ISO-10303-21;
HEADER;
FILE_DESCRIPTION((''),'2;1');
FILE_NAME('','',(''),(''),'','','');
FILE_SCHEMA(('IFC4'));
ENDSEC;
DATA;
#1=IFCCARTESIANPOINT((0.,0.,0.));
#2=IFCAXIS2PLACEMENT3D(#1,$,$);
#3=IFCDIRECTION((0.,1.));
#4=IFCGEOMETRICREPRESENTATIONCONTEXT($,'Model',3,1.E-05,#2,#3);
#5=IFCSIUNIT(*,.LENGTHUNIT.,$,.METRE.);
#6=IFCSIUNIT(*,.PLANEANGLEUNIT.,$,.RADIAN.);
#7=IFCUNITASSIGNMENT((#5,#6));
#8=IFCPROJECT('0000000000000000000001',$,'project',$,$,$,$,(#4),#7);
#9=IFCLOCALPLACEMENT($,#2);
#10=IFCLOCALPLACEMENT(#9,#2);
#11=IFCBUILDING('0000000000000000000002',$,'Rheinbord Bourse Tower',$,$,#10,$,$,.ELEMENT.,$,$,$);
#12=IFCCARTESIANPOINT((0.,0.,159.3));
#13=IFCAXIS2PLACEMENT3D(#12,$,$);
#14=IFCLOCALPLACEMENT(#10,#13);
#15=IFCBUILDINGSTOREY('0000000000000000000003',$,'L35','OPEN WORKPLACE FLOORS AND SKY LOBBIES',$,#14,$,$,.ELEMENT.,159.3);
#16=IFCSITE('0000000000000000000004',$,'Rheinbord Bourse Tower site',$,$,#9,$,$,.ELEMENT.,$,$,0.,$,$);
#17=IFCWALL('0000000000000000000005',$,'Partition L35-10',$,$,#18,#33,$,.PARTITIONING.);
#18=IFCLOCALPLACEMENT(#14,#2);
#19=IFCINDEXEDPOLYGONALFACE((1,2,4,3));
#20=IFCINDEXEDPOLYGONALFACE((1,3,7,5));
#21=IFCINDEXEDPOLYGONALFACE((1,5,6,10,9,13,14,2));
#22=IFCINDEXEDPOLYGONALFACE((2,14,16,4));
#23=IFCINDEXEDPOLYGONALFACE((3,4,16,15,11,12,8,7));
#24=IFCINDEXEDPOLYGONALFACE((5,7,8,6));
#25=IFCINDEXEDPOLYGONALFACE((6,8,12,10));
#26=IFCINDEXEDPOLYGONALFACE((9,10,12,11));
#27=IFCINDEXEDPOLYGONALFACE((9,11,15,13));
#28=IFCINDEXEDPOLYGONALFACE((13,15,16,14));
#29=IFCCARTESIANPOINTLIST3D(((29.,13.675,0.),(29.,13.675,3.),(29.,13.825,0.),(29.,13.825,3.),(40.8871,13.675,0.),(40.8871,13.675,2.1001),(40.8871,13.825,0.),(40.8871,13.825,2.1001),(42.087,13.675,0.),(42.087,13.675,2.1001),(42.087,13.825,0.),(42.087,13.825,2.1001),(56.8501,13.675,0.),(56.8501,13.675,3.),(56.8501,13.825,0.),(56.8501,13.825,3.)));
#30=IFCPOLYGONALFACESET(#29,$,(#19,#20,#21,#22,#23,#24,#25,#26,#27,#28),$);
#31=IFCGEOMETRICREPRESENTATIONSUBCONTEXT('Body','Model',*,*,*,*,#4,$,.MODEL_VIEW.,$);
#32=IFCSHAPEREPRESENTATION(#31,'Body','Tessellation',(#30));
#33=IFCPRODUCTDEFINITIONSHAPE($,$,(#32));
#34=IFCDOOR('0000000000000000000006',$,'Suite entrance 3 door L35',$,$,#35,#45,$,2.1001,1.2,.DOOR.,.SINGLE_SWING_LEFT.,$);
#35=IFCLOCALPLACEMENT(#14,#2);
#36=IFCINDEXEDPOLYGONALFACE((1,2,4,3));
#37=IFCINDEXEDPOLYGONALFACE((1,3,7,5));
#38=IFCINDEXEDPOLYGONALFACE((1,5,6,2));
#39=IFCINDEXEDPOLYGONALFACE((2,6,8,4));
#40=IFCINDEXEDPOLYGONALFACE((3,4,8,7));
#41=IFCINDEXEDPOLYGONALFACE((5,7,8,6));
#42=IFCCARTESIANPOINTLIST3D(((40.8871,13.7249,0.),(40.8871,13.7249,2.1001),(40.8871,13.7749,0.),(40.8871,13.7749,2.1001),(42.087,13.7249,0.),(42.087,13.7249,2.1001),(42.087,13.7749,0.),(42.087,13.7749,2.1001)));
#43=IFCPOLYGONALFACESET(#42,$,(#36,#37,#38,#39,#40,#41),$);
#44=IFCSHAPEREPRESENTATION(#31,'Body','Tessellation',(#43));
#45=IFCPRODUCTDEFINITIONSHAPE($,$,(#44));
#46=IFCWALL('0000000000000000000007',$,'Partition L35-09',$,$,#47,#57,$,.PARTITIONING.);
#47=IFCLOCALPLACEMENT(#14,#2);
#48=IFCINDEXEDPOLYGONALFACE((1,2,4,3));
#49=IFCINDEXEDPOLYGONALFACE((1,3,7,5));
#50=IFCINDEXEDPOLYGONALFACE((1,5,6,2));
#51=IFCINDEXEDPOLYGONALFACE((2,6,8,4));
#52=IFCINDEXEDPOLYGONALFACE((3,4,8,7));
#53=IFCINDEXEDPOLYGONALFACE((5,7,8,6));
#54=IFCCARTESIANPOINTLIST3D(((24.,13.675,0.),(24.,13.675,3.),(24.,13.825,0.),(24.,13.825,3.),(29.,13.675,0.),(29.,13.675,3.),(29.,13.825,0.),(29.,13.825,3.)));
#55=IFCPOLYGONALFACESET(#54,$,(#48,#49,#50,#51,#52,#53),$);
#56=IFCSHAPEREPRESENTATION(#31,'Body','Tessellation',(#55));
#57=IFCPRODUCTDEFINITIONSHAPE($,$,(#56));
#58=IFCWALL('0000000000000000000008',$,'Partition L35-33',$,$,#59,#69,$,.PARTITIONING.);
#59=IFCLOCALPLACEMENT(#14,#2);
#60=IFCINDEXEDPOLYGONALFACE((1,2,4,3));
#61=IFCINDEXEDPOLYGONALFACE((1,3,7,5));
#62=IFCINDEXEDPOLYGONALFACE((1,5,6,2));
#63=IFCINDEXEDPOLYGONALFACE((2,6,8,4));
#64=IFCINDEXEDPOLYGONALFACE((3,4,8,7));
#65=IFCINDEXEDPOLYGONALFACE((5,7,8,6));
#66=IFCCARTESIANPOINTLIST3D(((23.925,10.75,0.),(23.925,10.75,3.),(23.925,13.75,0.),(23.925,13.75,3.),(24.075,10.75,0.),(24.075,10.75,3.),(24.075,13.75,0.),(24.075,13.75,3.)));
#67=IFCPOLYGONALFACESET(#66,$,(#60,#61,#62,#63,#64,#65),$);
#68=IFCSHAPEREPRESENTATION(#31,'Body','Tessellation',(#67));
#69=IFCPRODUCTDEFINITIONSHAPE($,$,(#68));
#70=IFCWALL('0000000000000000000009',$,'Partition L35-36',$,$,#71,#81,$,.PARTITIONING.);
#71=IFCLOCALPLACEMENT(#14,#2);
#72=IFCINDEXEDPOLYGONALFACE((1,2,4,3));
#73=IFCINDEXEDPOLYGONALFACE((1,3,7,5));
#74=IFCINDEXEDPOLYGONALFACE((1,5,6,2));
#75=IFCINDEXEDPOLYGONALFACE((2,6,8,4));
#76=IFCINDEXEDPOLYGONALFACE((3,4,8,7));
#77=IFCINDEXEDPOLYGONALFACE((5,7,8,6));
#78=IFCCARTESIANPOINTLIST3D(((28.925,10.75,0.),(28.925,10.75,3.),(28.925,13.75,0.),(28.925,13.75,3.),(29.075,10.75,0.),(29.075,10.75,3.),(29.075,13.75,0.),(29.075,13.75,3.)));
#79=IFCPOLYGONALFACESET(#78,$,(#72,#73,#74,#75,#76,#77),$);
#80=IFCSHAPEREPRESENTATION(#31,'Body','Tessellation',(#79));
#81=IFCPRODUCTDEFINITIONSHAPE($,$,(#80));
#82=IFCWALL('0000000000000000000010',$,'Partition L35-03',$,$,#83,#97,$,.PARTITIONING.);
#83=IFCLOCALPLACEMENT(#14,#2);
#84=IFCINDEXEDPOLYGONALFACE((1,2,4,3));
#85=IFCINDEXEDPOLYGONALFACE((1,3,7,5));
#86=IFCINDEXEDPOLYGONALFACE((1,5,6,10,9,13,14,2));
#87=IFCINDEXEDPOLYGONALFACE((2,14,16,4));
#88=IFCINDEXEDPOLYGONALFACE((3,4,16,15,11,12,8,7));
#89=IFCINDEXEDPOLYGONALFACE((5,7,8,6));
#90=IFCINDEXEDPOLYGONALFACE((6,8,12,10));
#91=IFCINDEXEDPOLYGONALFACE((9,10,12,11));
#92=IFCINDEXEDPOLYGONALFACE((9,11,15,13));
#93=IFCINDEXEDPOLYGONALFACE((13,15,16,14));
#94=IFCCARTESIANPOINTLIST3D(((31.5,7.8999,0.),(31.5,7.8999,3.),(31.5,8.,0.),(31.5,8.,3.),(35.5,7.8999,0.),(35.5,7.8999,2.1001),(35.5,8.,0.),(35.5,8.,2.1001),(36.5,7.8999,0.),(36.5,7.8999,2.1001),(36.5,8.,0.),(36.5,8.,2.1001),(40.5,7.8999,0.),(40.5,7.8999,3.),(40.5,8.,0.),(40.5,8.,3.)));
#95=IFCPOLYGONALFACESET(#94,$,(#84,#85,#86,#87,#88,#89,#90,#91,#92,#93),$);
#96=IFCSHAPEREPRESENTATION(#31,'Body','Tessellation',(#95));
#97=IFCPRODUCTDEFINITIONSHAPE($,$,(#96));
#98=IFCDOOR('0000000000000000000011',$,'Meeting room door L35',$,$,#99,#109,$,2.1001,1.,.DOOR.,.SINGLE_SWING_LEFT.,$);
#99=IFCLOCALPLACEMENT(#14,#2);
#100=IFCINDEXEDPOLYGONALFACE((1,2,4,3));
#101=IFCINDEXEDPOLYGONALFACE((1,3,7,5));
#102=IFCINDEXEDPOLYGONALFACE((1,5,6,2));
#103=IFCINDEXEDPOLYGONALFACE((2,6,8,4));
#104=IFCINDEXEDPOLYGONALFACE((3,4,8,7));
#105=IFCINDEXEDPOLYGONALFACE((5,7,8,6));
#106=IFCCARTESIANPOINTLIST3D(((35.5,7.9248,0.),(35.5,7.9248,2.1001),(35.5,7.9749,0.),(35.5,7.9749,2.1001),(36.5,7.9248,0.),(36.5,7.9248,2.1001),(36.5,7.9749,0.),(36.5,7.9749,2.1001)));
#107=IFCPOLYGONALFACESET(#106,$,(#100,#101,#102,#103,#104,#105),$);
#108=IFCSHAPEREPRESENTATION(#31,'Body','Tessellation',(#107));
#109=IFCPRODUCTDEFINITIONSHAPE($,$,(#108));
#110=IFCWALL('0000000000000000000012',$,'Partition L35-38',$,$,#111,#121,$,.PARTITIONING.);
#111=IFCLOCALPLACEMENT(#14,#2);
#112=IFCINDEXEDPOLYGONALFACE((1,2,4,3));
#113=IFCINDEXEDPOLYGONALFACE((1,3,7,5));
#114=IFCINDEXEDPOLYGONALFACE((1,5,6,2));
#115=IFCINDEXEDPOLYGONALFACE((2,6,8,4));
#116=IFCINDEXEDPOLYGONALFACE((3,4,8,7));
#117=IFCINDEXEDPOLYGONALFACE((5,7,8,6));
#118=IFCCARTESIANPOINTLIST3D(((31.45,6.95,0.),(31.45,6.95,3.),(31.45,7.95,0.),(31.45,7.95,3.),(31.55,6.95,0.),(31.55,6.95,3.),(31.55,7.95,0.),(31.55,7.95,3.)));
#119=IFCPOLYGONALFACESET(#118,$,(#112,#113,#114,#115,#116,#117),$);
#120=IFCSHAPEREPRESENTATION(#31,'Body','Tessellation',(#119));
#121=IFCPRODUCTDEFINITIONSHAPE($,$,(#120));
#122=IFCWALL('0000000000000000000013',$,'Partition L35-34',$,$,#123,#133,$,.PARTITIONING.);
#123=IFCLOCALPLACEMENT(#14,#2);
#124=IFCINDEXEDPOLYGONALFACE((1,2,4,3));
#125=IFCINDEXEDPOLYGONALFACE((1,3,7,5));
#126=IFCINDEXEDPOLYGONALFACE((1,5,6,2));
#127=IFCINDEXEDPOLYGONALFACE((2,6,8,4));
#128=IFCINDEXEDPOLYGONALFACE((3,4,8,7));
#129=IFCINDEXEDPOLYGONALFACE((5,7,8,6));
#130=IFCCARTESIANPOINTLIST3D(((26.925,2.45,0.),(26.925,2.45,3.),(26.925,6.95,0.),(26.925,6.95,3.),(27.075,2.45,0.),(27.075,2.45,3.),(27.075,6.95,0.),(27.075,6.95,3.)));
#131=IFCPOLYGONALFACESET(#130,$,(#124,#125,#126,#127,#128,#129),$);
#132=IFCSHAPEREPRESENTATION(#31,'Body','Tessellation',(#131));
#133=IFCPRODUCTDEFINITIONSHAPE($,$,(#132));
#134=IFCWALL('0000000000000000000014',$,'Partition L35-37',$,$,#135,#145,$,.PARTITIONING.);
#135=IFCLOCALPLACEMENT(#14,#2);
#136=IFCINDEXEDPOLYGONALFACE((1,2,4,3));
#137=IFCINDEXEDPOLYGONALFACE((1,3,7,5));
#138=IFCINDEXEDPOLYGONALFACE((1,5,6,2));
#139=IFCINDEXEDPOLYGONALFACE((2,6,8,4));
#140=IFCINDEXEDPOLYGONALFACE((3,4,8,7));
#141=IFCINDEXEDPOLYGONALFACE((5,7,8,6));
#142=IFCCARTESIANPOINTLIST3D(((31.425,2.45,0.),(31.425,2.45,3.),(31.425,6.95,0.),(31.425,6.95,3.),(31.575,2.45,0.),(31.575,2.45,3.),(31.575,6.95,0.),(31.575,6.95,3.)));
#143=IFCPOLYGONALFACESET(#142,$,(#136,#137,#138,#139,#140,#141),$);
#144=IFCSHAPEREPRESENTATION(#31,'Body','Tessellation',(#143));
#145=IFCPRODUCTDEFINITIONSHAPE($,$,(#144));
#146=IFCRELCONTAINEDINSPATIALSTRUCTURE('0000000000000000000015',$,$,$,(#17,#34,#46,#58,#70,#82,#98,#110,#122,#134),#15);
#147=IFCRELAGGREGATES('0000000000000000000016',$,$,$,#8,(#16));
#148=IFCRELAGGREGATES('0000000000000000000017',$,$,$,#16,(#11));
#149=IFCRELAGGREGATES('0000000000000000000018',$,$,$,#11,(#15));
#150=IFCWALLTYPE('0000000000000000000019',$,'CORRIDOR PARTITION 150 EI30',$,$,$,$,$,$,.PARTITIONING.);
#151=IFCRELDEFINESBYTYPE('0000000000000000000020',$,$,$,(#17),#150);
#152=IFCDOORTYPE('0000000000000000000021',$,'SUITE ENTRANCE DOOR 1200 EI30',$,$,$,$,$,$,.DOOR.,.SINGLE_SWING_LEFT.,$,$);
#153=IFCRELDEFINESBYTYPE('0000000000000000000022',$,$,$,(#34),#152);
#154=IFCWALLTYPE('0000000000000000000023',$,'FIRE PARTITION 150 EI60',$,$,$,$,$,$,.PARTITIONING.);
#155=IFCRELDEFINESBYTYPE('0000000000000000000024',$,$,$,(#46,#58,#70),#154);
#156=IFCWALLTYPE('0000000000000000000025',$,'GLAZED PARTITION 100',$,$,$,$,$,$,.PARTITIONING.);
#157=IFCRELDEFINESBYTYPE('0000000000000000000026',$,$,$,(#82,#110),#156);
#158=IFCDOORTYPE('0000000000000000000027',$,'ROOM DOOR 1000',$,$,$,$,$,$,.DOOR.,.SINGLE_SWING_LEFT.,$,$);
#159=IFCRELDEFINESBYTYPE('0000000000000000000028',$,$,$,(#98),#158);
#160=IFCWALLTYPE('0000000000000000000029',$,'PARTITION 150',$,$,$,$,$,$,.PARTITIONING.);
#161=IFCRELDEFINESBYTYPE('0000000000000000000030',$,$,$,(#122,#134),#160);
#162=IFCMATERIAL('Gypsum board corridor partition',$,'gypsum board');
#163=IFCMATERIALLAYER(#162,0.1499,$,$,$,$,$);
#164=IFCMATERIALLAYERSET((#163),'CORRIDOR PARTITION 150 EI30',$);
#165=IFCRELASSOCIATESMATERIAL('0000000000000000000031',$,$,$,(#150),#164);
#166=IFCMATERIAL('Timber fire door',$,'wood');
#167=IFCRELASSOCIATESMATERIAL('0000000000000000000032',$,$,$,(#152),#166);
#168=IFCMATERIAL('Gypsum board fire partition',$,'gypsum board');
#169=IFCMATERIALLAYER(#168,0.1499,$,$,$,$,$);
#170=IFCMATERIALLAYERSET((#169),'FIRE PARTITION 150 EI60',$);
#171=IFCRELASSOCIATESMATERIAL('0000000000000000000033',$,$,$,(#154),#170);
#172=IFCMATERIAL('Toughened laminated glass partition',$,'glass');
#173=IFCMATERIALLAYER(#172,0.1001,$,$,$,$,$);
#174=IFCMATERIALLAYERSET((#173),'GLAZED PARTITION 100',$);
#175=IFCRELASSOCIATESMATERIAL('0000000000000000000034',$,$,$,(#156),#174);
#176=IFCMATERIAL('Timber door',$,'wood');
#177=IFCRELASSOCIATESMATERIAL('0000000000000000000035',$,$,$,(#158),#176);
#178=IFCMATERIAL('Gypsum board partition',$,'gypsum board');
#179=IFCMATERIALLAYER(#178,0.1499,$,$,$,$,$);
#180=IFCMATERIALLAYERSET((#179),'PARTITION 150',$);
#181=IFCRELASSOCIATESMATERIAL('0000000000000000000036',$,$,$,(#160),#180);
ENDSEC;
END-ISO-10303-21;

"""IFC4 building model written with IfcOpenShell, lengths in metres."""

from ifc_helpers import new_model, si_unit, direction, frame, frame_2d, origin, place, context, subcontext, project, spatial, rectangle, extrude, material, layer, layer_set, type_object, element, fill, save


model = new_model("IFC4")

# Units and contexts
model_context = context("Model", 3, precision=1e-05, world=origin(), true_north=direction((0.0, 1.0)))
body_context = subcontext(model_context, "Body", "Model", "MODEL_VIEW")
ifc_project = project(units=[si_unit("LENGTHUNIT", "METRE"), si_unit("PLANEANGLEUNIT", "RADIAN")], contexts=[model_context])

# Site, building, storey
site_placement = place(None, origin())
site = spatial("IfcSite", under=ifc_project, at=site_placement, Name="Rheinbord Bourse Tower site", CompositionType="ELEMENT", RefElevation=0.0)
building_placement = place(site_placement, origin())
building = spatial("IfcBuilding", under=site, at=building_placement, Name="Rheinbord Bourse Tower", CompositionType="ELEMENT")
storey_placement = place(building_placement, frame((0.0, 0.0, 159.3)))
storey = spatial("IfcBuildingStorey", under=building, at=storey_placement, Name="L35", Description="OPEN WORKPLACE FLOORS AND SKY LOBBIES", CompositionType="ELEMENT", Elevation=159.3)

# Wall, opening, door
ifc_material_1 = material(Name="Gypsum board corridor partition", Category="gypsum board")
ifc_layer_1 = layer(ifc_material_1, 0.1499)
ifc_layer_set_1 = layer_set([ifc_layer_1], Name="CORRIDOR PARTITION 150 EI30")
wall_type_1 = type_object("IfcWallType", Name="CORRIDOR PARTITION 150 EI30", PredefinedType="PARTITIONING", material=ifc_layer_set_1)
wall_1_placement = place(storey_placement, frame((29.0, 13.75, 0.0), z_axis=(0.0, 0.0, 1.0), x_axis=(1.0, 0.0, 0.0)))
wall_1 = element("IfcWall", 1, at=wall_1_placement, inside=storey, type_object=wall_type_1, Name="Partition L35-10", PredefinedType="PARTITIONING", context=body_context, shape_type="SweptSolid", body=[
    extrude(rectangle(XDim=27.8501, YDim=0.1499, at=frame_2d((13.925, 0.0))), origin(), (0.0, 0.0, 1.0), 3.0),
])
opening_1_placement = place(wall_1_placement, frame((11.887, 0.0, 0.0)))
opening_1 = element("IfcOpeningElement", 2, at=opening_1_placement, cuts=wall_1, PredefinedType="OPENING", context=body_context, shape_type="SweptSolid", body=[
    extrude(rectangle(XDim=1.2, YDim=2.1001, at=frame_2d((0.6001, 1.05))), frame((0.0, 0.085, 0.0), z_axis=(0.0, -1.0, 0.0), x_axis=(1.0, 0.0, 0.0)), (0.0, 0.0, 1.0), 0.1699),
])
ifc_material_2 = material(Name="Timber fire door", Category="wood")
door_type_1 = type_object("IfcDoorType", Name="SUITE ENTRANCE DOOR 1200 EI30", OperationType="SINGLE_SWING_LEFT", PredefinedType="DOOR", material=ifc_material_2)
door_1_placement = place(opening_1_placement, origin())
door_1 = element("IfcDoor", 3, at=door_1_placement, inside=storey, type_object=door_type_1, Name="Suite entrance 3 door L35", OperationType="SINGLE_SWING_LEFT", OverallHeight=2.1001, OverallWidth=1.2, PredefinedType="DOOR", context=body_context, shape_type="SweptSolid", body=[
    extrude(rectangle(XDim=1.2, YDim=2.1001, at=frame_2d((0.6001, 1.05))), frame((0.0, 0.0249, 0.0), z_axis=(0.0, -1.0, 0.0), x_axis=(1.0, 0.0, 0.0)), (0.0, 0.0, 1.0), 0.05),
])
fill(opening_1, door_1)

# Walls
ifc_material_3 = material(Name="Gypsum board fire partition", Category="gypsum board")
ifc_layer_2 = layer(ifc_material_3, 0.1499)
ifc_layer_set_2 = layer_set([ifc_layer_2], Name="FIRE PARTITION 150 EI60")
wall_type_2 = type_object("IfcWallType", Name="FIRE PARTITION 150 EI60", PredefinedType="PARTITIONING", material=ifc_layer_set_2)
wall_2_placement = place(storey_placement, frame((24.0, 13.75, 0.0), z_axis=(0.0, 0.0, 1.0), x_axis=(1.0, 0.0, 0.0)))
element("IfcWall", 4, at=wall_2_placement, inside=storey, type_object=wall_type_2, Name="Partition L35-09", PredefinedType="PARTITIONING", context=body_context, shape_type="SweptSolid", body=[
    extrude(rectangle(XDim=5.0, YDim=0.1499, at=frame_2d((2.5, 0.0))), origin(), (0.0, 0.0, 1.0), 3.0),
])
for number, where, z_axis, x_axis, name in (
    (5, (24.0, 10.75, 0.0), (0.0, 0.0, 1.0), (0.0, 1.0, 0.0), "Partition L35-33"),
    (6, (29.0, 10.75, 0.0), (0.0, 0.0, 1.0), (0.0, 1.0, 0.0), "Partition L35-36"),
):
    element("IfcWall", number, at=place(storey_placement, frame(where, z_axis=z_axis, x_axis=x_axis)), inside=storey, type_object=wall_type_2, Name=name, PredefinedType="PARTITIONING", context=body_context, shape_type="SweptSolid", body=[
        extrude(rectangle(XDim=3.0, YDim=0.1499, at=frame_2d((1.5, 0.0))), origin(), (0.0, 0.0, 1.0), 3.0),
    ])

# Wall, opening, door
ifc_material_4 = material(Name="Toughened laminated glass partition", Category="glass")
ifc_layer_3 = layer(ifc_material_4, 0.1001)
ifc_layer_set_3 = layer_set([ifc_layer_3], Name="GLAZED PARTITION 100")
wall_type_3 = type_object("IfcWallType", Name="GLAZED PARTITION 100", PredefinedType="PARTITIONING", material=ifc_layer_set_3)
wall_3_placement = place(storey_placement, frame((31.5, 7.95, 0.0), z_axis=(0.0, 0.0, 1.0), x_axis=(1.0, 0.0, 0.0)))
wall_3 = element("IfcWall", 7, at=wall_3_placement, inside=storey, type_object=wall_type_3, Name="Partition L35-03", PredefinedType="PARTITIONING", context=body_context, shape_type="SweptSolid", body=[
    extrude(rectangle(XDim=9.0, YDim=0.1001, at=frame_2d((4.5, 0.0))), origin(), (0.0, 0.0, 1.0), 3.0),
])
opening_2_placement = place(wall_3_placement, frame((4.0, 0.0, 0.0)))
opening_2 = element("IfcOpeningElement", 8, at=opening_2_placement, cuts=wall_3, PredefinedType="OPENING", context=body_context, shape_type="SweptSolid", body=[
    extrude(rectangle(XDim=1.0, YDim=2.1001, at=frame_2d((0.5, 1.05))), frame((0.0, 0.0601, 0.0), z_axis=(0.0, -1.0, 0.0), x_axis=(1.0, 0.0, 0.0)), (0.0, 0.0, 1.0), 0.1201),
])
ifc_material_5 = material(Name="Timber door", Category="wood")
door_type_2 = type_object("IfcDoorType", Name="ROOM DOOR 1000", OperationType="SINGLE_SWING_LEFT", PredefinedType="DOOR", material=ifc_material_5)
door_2_placement = place(opening_2_placement, origin())
door_2 = element("IfcDoor", 9, at=door_2_placement, inside=storey, type_object=door_type_2, Name="Meeting room door L35", OperationType="SINGLE_SWING_LEFT", OverallHeight=2.1001, OverallWidth=1.0, PredefinedType="DOOR", context=body_context, shape_type="SweptSolid", body=[
    extrude(rectangle(XDim=1.0, YDim=2.1001, at=frame_2d((0.5, 1.05))), frame((0.0, 0.0249, 0.0), z_axis=(0.0, -1.0, 0.0), x_axis=(1.0, 0.0, 0.0)), (0.0, 0.0, 1.0), 0.05),
])
fill(opening_2, door_2)

# Walls
wall_4_placement = place(storey_placement, frame((31.5, 6.95, 0.0), z_axis=(0.0, 0.0, 1.0), x_axis=(0.0, 1.0, 0.0)))
element("IfcWall", 10, at=wall_4_placement, inside=storey, type_object=wall_type_3, Name="Partition L35-38", PredefinedType="PARTITIONING", context=body_context, shape_type="SweptSolid", body=[
    extrude(rectangle(XDim=1.0, YDim=0.1001, at=frame_2d((0.5, 0.0))), origin(), (0.0, 0.0, 1.0), 3.0),
])
ifc_material_6 = material(Name="Gypsum board partition", Category="gypsum board")
ifc_layer_4 = layer(ifc_material_6, 0.1499)
ifc_layer_set_4 = layer_set([ifc_layer_4], Name="PARTITION 150")
wall_type_4 = type_object("IfcWallType", Name="PARTITION 150", PredefinedType="PARTITIONING", material=ifc_layer_set_4)
for number, where, z_axis, x_axis, name in (
    (11, (27.0, 2.45, 0.0), (0.0, 0.0, 1.0), (0.0, 1.0, 0.0), "Partition L35-34"),
    (12, (31.5, 2.45, 0.0), (0.0, 0.0, 1.0), (0.0, 1.0, 0.0), "Partition L35-37"),
):
    element("IfcWall", number, at=place(storey_placement, frame(where, z_axis=z_axis, x_axis=x_axis)), inside=storey, type_object=wall_type_4, Name=name, PredefinedType="PARTITIONING", context=body_context, shape_type="SweptSolid", body=[
        extrude(rectangle(XDim=4.5, YDim=0.1499, at=frame_2d((2.25, 0.0))), origin(), (0.0, 0.0, 1.0), 3.0),
    ])

save(model, "model.ifc")
